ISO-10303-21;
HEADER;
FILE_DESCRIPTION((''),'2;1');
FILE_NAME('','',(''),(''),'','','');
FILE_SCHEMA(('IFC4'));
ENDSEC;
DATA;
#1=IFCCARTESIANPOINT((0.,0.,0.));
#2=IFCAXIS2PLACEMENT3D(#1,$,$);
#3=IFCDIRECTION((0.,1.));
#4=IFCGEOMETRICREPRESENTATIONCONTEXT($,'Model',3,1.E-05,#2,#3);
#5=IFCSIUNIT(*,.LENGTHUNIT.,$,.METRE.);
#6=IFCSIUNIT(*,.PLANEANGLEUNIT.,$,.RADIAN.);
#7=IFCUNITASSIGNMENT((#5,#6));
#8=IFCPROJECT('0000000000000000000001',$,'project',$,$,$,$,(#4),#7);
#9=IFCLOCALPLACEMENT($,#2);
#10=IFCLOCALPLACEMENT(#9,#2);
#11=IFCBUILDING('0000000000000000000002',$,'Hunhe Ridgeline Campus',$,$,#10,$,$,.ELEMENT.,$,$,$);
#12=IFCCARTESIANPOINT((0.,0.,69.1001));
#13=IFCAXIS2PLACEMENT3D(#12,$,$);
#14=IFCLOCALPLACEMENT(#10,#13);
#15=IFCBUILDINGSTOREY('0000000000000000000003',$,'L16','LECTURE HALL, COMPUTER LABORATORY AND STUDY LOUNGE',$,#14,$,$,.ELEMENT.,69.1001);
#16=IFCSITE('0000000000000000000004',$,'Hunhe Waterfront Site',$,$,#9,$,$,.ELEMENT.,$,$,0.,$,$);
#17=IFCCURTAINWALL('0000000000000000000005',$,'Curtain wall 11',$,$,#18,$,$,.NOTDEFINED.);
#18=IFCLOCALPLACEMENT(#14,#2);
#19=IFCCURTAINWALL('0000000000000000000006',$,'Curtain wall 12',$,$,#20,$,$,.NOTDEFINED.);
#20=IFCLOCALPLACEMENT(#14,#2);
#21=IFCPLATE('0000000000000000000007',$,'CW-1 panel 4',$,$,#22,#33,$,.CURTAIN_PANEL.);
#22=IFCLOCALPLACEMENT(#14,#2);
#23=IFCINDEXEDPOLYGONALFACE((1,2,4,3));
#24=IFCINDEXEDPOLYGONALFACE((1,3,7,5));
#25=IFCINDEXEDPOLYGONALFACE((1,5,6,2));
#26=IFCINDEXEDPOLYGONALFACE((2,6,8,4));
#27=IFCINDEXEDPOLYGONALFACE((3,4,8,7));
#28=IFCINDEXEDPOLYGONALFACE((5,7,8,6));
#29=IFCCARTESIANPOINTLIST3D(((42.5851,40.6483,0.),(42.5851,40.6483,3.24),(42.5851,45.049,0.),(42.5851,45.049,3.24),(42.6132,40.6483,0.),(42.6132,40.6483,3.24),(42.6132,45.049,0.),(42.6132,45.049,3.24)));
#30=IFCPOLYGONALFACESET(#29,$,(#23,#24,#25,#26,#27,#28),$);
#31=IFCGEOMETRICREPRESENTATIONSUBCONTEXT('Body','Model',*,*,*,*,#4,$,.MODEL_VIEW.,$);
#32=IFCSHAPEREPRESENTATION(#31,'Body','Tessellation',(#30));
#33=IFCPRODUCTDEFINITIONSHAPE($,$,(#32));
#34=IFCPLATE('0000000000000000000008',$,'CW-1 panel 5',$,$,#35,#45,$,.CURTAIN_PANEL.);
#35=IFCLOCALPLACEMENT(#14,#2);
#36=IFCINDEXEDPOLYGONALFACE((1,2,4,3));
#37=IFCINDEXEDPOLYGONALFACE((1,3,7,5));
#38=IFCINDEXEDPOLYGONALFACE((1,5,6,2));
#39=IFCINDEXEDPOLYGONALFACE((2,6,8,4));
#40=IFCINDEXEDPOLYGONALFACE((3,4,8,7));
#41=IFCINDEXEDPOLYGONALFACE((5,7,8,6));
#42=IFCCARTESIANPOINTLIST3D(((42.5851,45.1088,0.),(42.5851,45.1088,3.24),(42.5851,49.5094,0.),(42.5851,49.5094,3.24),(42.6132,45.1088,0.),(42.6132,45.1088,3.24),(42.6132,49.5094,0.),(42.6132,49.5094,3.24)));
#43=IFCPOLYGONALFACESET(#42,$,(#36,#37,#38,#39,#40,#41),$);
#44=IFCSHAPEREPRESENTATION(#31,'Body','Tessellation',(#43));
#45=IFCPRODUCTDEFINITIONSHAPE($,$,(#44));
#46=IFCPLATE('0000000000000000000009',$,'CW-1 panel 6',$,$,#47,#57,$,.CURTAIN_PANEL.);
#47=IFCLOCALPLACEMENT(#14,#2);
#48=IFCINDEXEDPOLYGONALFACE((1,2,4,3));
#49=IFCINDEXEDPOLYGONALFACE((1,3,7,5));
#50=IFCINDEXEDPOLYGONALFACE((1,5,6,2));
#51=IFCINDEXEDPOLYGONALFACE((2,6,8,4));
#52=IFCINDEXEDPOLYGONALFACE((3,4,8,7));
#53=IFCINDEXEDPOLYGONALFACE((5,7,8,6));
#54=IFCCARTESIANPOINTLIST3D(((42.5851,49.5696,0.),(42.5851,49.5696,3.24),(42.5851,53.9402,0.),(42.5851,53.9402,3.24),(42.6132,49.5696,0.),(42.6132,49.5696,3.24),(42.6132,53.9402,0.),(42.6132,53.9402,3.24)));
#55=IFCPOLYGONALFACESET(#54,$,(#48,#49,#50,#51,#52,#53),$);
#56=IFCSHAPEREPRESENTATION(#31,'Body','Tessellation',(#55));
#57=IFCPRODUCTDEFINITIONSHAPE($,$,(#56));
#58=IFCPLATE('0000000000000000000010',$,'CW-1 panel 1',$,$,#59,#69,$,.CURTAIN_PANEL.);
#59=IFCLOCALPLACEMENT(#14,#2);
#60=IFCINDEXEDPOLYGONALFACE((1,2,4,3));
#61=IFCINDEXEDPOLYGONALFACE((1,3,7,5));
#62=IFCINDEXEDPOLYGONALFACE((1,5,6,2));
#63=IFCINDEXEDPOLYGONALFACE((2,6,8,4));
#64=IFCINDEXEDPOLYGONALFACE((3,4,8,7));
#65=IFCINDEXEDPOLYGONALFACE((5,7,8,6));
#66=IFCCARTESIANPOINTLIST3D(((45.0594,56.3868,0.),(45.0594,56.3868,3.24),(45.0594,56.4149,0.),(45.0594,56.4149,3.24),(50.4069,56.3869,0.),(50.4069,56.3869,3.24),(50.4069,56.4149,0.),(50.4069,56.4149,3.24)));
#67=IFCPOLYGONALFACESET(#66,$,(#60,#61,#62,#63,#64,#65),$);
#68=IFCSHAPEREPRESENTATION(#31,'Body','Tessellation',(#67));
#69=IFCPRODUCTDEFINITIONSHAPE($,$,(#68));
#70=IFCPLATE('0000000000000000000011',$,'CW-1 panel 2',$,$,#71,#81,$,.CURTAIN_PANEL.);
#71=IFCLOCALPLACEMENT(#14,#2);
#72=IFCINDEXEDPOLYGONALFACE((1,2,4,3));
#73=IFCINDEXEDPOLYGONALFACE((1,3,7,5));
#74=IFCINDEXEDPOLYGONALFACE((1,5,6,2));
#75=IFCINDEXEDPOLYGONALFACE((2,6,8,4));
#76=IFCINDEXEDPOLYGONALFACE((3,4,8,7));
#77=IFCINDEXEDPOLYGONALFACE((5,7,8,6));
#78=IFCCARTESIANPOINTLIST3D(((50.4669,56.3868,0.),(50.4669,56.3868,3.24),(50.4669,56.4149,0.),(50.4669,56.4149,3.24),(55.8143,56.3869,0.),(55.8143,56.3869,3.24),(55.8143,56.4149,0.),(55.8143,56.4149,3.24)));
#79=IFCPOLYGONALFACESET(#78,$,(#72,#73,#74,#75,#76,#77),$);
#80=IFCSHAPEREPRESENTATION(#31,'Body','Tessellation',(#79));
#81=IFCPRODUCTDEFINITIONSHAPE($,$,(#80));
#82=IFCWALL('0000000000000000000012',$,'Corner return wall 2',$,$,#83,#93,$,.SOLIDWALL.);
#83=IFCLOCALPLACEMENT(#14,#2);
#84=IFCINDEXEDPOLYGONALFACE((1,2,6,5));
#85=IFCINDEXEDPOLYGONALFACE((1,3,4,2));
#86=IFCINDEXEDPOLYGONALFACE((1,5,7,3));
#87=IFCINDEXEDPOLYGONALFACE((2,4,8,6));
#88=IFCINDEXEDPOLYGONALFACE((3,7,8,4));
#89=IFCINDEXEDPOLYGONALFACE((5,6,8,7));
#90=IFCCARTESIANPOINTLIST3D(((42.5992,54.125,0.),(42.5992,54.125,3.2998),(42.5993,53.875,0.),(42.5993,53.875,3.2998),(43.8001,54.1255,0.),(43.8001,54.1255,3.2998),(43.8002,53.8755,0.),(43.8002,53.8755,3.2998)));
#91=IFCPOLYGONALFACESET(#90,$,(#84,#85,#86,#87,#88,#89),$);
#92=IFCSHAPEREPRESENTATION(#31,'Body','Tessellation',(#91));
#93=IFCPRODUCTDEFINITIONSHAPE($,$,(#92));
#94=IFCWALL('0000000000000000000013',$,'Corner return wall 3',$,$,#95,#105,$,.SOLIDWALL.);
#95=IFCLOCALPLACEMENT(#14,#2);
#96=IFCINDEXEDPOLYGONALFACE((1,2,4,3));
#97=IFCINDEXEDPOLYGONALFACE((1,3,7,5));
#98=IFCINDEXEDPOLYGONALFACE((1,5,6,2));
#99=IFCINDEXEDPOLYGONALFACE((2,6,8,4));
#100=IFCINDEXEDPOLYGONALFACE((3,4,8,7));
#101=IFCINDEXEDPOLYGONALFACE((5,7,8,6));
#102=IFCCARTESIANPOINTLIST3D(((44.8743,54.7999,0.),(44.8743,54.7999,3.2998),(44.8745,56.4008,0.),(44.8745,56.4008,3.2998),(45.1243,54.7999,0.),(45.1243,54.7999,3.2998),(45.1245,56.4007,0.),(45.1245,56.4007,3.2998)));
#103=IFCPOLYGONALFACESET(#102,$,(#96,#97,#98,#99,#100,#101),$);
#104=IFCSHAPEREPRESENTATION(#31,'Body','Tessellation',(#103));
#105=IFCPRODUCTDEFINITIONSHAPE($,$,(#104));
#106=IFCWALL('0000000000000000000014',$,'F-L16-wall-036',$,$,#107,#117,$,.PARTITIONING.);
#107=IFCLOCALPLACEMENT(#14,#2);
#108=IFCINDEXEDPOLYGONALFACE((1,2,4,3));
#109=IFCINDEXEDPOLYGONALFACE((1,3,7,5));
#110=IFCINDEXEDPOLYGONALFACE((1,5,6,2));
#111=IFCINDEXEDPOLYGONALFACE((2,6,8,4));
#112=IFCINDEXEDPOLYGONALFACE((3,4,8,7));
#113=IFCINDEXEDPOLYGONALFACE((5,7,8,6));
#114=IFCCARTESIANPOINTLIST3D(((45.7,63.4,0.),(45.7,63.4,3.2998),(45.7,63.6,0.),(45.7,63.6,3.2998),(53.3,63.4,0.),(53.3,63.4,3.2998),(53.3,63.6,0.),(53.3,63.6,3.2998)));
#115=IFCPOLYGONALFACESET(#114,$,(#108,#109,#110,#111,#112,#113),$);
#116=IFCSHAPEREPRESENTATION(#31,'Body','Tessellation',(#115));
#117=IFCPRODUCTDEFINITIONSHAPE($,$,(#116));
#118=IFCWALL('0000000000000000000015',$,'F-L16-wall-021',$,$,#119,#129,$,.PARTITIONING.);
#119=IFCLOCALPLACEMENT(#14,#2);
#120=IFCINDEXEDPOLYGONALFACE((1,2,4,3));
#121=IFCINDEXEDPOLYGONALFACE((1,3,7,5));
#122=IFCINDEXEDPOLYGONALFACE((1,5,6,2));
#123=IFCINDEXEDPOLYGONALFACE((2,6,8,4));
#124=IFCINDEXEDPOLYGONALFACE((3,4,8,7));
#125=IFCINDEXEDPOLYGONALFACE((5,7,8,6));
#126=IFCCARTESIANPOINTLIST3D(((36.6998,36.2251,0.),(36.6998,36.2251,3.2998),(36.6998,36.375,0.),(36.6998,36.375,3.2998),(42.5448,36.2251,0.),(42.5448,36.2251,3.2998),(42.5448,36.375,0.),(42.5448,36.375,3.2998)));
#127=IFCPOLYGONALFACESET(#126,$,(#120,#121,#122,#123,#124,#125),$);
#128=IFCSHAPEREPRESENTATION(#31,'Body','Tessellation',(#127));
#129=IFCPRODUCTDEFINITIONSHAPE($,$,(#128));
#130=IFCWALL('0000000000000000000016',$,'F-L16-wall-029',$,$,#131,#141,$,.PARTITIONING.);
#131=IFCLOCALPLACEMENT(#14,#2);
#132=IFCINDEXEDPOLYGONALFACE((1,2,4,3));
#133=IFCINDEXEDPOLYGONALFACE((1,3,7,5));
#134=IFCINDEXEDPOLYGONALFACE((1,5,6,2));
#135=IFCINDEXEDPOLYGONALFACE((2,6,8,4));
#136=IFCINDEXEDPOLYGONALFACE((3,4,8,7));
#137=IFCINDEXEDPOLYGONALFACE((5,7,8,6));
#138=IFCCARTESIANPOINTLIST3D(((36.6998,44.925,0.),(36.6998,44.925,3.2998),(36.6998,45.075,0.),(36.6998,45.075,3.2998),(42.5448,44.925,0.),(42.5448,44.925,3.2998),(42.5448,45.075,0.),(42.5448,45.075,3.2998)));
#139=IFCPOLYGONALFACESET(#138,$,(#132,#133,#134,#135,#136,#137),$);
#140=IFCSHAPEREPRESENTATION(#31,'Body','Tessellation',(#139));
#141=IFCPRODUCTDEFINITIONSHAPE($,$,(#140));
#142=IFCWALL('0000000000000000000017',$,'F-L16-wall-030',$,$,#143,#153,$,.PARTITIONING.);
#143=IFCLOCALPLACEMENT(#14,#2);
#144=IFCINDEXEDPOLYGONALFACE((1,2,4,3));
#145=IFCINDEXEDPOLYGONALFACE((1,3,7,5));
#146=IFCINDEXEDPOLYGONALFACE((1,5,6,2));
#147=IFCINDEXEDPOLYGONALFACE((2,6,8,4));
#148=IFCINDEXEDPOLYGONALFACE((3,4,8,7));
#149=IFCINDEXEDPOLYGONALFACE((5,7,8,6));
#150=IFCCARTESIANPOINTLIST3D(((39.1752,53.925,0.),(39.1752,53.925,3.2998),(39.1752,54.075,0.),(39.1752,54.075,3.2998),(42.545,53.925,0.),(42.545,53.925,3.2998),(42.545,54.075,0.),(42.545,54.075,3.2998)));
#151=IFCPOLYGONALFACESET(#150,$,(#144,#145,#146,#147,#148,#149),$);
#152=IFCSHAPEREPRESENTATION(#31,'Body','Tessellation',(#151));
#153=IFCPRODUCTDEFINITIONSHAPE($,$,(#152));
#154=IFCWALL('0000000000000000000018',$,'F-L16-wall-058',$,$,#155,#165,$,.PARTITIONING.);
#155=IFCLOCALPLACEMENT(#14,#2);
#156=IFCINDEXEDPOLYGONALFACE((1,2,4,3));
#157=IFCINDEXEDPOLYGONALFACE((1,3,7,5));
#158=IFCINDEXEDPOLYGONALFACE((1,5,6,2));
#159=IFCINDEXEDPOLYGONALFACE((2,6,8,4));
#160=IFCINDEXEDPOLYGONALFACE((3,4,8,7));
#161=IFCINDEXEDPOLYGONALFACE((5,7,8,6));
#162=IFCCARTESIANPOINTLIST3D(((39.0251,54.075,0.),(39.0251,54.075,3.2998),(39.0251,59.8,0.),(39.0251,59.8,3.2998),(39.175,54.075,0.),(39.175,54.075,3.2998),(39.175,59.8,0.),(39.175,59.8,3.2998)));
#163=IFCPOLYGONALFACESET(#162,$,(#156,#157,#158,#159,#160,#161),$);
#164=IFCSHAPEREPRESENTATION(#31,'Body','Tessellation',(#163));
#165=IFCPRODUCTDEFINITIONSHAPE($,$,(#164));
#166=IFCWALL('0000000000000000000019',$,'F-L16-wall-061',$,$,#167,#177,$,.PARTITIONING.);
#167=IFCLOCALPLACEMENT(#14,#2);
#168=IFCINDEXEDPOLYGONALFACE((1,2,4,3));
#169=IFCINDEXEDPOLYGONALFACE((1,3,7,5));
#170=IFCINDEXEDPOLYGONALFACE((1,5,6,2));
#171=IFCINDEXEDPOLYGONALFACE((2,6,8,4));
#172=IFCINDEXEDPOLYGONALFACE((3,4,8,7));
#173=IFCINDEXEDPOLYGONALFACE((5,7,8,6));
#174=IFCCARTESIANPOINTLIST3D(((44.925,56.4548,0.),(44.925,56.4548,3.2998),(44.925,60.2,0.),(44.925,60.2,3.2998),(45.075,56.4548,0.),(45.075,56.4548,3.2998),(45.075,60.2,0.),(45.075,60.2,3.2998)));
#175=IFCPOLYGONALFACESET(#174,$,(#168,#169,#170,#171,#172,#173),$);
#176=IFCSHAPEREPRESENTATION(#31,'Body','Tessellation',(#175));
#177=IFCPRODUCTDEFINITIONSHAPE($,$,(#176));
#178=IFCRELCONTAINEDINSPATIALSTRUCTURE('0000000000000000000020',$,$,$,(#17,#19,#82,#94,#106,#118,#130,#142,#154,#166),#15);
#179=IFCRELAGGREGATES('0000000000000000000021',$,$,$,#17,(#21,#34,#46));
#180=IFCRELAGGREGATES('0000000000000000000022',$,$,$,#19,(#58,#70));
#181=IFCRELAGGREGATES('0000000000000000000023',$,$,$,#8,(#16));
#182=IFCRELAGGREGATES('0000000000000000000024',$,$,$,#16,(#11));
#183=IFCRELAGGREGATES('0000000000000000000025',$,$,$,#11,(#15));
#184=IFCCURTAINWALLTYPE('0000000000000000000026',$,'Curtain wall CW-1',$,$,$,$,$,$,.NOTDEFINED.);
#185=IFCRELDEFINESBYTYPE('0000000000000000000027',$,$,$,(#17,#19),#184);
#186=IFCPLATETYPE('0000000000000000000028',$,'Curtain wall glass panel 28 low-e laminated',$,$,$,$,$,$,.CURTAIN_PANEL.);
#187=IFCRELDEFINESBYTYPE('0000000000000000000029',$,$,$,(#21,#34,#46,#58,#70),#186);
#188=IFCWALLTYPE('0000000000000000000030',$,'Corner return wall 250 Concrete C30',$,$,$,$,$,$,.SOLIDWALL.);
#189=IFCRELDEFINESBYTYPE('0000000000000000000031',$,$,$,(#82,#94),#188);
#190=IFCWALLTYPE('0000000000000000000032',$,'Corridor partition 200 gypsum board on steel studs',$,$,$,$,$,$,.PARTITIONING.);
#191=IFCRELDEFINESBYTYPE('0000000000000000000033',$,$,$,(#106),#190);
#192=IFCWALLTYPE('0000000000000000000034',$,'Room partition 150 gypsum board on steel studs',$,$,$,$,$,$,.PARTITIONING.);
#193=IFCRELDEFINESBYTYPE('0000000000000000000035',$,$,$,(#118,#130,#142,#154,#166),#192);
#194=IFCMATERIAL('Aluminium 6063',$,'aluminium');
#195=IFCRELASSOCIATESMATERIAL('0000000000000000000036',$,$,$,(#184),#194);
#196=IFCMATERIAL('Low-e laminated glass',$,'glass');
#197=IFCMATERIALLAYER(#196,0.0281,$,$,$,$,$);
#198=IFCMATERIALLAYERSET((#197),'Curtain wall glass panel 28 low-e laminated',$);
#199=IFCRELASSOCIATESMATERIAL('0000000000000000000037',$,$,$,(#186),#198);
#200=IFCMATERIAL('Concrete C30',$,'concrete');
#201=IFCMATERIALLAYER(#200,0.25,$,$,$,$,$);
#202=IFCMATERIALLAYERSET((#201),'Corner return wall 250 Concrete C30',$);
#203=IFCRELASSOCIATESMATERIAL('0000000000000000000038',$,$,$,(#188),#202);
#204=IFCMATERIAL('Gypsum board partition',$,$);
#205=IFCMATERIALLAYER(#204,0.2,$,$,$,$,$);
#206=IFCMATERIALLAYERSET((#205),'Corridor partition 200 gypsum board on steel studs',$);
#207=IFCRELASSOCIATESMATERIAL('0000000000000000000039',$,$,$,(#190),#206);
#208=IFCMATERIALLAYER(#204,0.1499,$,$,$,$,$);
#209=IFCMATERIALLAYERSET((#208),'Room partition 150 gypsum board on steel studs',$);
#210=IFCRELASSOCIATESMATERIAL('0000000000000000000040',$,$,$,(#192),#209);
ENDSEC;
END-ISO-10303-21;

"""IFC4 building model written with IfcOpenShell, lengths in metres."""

from ifc_helpers import new_model, si_unit, direction, frame, frame_2d, origin, origin_2d, place, context, subcontext, project, spatial, rectangle, extrude, material, layer, layer_set, type_object, element, aggregate, save


model = new_model("IFC4")

# Units and contexts
model_context = context("Model", 3, precision=1e-05, world=origin(), true_north=direction((0.0, 1.0)))
body_context = subcontext(model_context, "Body", "Model", "MODEL_VIEW")
ifc_project = project(units=[si_unit("LENGTHUNIT", "METRE"), si_unit("PLANEANGLEUNIT", "RADIAN")], contexts=[model_context])

# Site, building, storey
site_placement = place(None, origin())
site = spatial("IfcSite", under=ifc_project, at=site_placement, Name="Hunhe Waterfront Site", CompositionType="ELEMENT", RefElevation=0.0)
building_placement = place(site_placement, origin())
building = spatial("IfcBuilding", under=site, at=building_placement, Name="Hunhe Ridgeline Campus", CompositionType="ELEMENT")
storey_placement = place(building_placement, frame((0.0, 0.0, 69.1001)))
storey = spatial("IfcBuildingStorey", under=building, at=storey_placement, Name="L16", Description="LECTURE HALL, COMPUTER LABORATORY AND STUDY LOUNGE", CompositionType="ELEMENT", Elevation=69.1001)

# Curtain walls
ifc_material_1 = material(Name="Aluminium 6063", Category="aluminium")
curtain_wall_type = type_object("IfcCurtainWallType", Name="Curtain wall CW-1", PredefinedType="NOTDEFINED", material=ifc_material_1)
curtain_wall_1_placement = place(storey_placement, origin())
curtain_wall_1 = element("IfcCurtainWall", 1, at=curtain_wall_1_placement, inside=storey, type_object=curtain_wall_type, Name="Curtain wall 11", PredefinedType="NOTDEFINED")
curtain_wall_2_placement = place(storey_placement, origin())
curtain_wall_2 = element("IfcCurtainWall", 2, at=curtain_wall_2_placement, inside=storey, type_object=curtain_wall_type, Name="Curtain wall 12", PredefinedType="NOTDEFINED")

# Plates
ifc_material_2 = material(Name="Low-e laminated glass", Category="glass")
ifc_layer_1 = layer(ifc_material_2, 0.0281)
ifc_layer_set_1 = layer_set([ifc_layer_1], Name="Curtain wall glass panel 28 low-e laminated")
plate_type = type_object("IfcPlateType", Name="Curtain wall glass panel 28 low-e laminated", PredefinedType="CURTAIN_PANEL", material=ifc_layer_set_1)
plate_1_placement = place(storey_placement, frame((42.5991, 42.8486, 0.0), z_axis=(0.0, 0.0, 1.0), x_axis=(0.0, 1.0, 0.0)))
plate_1 = element("IfcPlate", 3, at=plate_1_placement, type_object=plate_type, Name="CW-1 panel 4", PredefinedType="CURTAIN_PANEL", context=body_context, shape_type="SweptSolid", body=[
    extrude(rectangle(XDim=4.4006, YDim=0.0281, at=origin_2d()), origin(), (0.0, 0.0, 1.0), 3.24),
])
plate_2_placement = place(storey_placement, frame((42.5991, 47.3091, 0.0), z_axis=(0.0, 0.0, 1.0), x_axis=(0.0, 1.0, 0.0)))
plate_2 = element("IfcPlate", 4, at=plate_2_placement, type_object=plate_type, Name="CW-1 panel 5", PredefinedType="CURTAIN_PANEL", context=body_context, shape_type="SweptSolid", body=[
    extrude(rectangle(XDim=4.4006, YDim=0.0281, at=origin_2d()), origin(), (0.0, 0.0, 1.0), 3.24),
])
plate_3_placement = place(storey_placement, frame((42.5991, 51.7549, 0.0), z_axis=(0.0, 0.0, 1.0), x_axis=(0.0, 1.0, 0.0)))
plate_3 = element("IfcPlate", 5, at=plate_3_placement, type_object=plate_type, Name="CW-1 panel 6", PredefinedType="CURTAIN_PANEL", context=body_context, shape_type="SweptSolid", body=[
    extrude(rectangle(XDim=4.3706, YDim=0.0281, at=origin_2d()), origin(), (0.0, 0.0, 1.0), 3.24),
])
aggregate(curtain_wall_1, [plate_1, plate_2, plate_3])
plate_4_placement = place(storey_placement, frame((47.7332, 56.4009, 0.0), z_axis=(0.0, 0.0, 1.0), x_axis=(1.0, 0.000004, 0.0)))
plate_4 = element("IfcPlate", 6, at=plate_4_placement, type_object=plate_type, Name="CW-1 panel 1", PredefinedType="CURTAIN_PANEL", context=body_context, shape_type="SweptSolid", body=[
    extrude(rectangle(XDim=5.3474, YDim=0.0281, at=origin_2d()), origin(), (0.0, 0.0, 1.0), 3.24),
])
plate_5_placement = place(storey_placement, frame((53.1406, 56.4009, 0.0), z_axis=(0.0, 0.0, 1.0), x_axis=(1.0, 0.000004, 0.0)))
plate_5 = element("IfcPlate", 7, at=plate_5_placement, type_object=plate_type, Name="CW-1 panel 2", PredefinedType="CURTAIN_PANEL", context=body_context, shape_type="SweptSolid", body=[
    extrude(rectangle(XDim=5.3474, YDim=0.0281, at=origin_2d()), origin(), (0.0, 0.0, 1.0), 3.24),
])
aggregate(curtain_wall_2, [plate_4, plate_5])

# Walls
ifc_material_3 = material(Name="Concrete C30", Category="concrete")
ifc_layer_2 = layer(ifc_material_3, 0.25)
ifc_layer_set_2 = layer_set([ifc_layer_2], Name="Corner return wall 250 Concrete C30")
wall_type_1 = type_object("IfcWallType", Name="Corner return wall 250 Concrete C30", PredefinedType="SOLIDWALL", material=ifc_layer_set_2)
wall_1_placement = place(storey_placement, frame((42.5991, 54.0, 0.0), z_axis=(0.0, 0.0, 1.0), x_axis=(1.0, 0.000407, 0.0)))
element("IfcWall", 8, at=wall_1_placement, inside=storey, type_object=wall_type_1, Name="Corner return wall 2", PredefinedType="SOLIDWALL", context=body_context, shape_type="SweptSolid", body=[
    extrude(rectangle(XDim=1.2009, YDim=0.25, at=frame_2d((0.6006, 0.0))), origin(), (0.0, 0.0, 1.0), 3.2998),
])
wall_2_placement = place(storey_placement, frame((44.9993, 54.8, 0.0), z_axis=(0.0, 0.0, 1.0), x_axis=(0.000153, 1.0, 0.0)))
element("IfcWall", 9, at=wall_2_placement, inside=storey, type_object=wall_type_1, Name="Corner return wall 3", PredefinedType="SOLIDWALL", context=body_context, shape_type="SweptSolid", body=[
    extrude(rectangle(XDim=1.6008, YDim=0.25, at=frame_2d((0.8003, 0.0))), origin(), (0.0, 0.0, 1.0), 3.2998),
])

# Shared definitions
ifc_material_4 = material(Name="Gypsum board partition")
ifc_layer_3 = layer(ifc_material_4, 0.2)
ifc_layer_set_3 = layer_set([ifc_layer_3], Name="Corridor partition 200 gypsum board on steel studs")
wall_type_2 = type_object("IfcWallType", Name="Corridor partition 200 gypsum board on steel studs", PredefinedType="PARTITIONING", material=ifc_layer_set_3)

# Walls
wall_3_placement = place(storey_placement, frame((45.7, 63.5, 0.0), z_axis=(0.0, 0.0, 1.0), x_axis=(1.0, 0.0, 0.0)))
element("IfcWall", 10, at=wall_3_placement, inside=storey, type_object=wall_type_2, Name="F-L16-wall-036", PredefinedType="PARTITIONING", context=body_context, shape_type="SweptSolid", body=[
    extrude(rectangle(XDim=7.6001, YDim=0.2, at=frame_2d((3.8, 0.0))), origin(), (0.0, 0.0, 1.0), 3.2998),
])
ifc_layer_4 = layer(ifc_material_4, 0.1499)
ifc_layer_set_4 = layer_set([ifc_layer_4], Name="Room partition 150 gypsum board on steel studs")
wall_type_3 = type_object("IfcWallType", Name="Room partition 150 gypsum board on steel studs", PredefinedType="PARTITIONING", material=ifc_layer_set_4)
for number, where, z_axis, x_axis, name in (
    (11, (36.7, 36.3, 0.0), (0.0, 0.0, 1.0), (1.0, 0.0, 0.0), "F-L16-wall-021"),
    (12, (36.7, 45.0, 0.0), (0.0, 0.0, 1.0), (1.0, 0.0, 0.0), "F-L16-wall-029"),
):
    element("IfcWall", number, at=place(storey_placement, frame(where, z_axis=z_axis, x_axis=x_axis)), inside=storey, type_object=wall_type_3, Name=name, PredefinedType="PARTITIONING", context=body_context, shape_type="SweptSolid", body=[
        extrude(rectangle(XDim=5.845, YDim=0.1499, at=frame_2d((2.9224, 0.0))), origin(), (0.0, 0.0, 1.0), 3.2998),
    ])
wall_4_placement = place(storey_placement, frame((39.175, 54.0, 0.0), z_axis=(0.0, 0.0, 1.0), x_axis=(1.0, 0.0, 0.0)))
element("IfcWall", 13, at=wall_4_placement, inside=storey, type_object=wall_type_3, Name="F-L16-wall-030", PredefinedType="PARTITIONING", context=body_context, shape_type="SweptSolid", body=[
    extrude(rectangle(XDim=3.3699, YDim=0.1499, at=frame_2d((1.6851, 0.0))), origin(), (0.0, 0.0, 1.0), 3.2998),
])
wall_5_placement = place(storey_placement, frame((39.1001, 59.8, 0.0), z_axis=(0.0, 0.0, 1.0), x_axis=(0.0, -1.0, 0.0)))
element("IfcWall", 14, at=wall_5_placement, inside=storey, type_object=wall_type_3, Name="F-L16-wall-058", PredefinedType="PARTITIONING", context=body_context, shape_type="SweptSolid", body=[
    extrude(rectangle(XDim=5.7251, YDim=0.1499, at=frame_2d((2.8625, 0.0))), origin(), (0.0, 0.0, 1.0), 3.2998),
])
wall_6_placement = place(storey_placement, frame((45.0, 60.2, 0.0), z_axis=(0.0, 0.0, 1.0), x_axis=(0.0, -1.0, 0.0)))
element("IfcWall", 15, at=wall_6_placement, inside=storey, type_object=wall_type_3, Name="F-L16-wall-061", PredefinedType="PARTITIONING", context=body_context, shape_type="SweptSolid", body=[
    extrude(rectangle(XDim=3.7451, YDim=0.1499, at=frame_2d((1.8726, 0.0))), origin(), (0.0, 0.0, 1.0), 3.2998),
])

save(model, "model.ifc")
